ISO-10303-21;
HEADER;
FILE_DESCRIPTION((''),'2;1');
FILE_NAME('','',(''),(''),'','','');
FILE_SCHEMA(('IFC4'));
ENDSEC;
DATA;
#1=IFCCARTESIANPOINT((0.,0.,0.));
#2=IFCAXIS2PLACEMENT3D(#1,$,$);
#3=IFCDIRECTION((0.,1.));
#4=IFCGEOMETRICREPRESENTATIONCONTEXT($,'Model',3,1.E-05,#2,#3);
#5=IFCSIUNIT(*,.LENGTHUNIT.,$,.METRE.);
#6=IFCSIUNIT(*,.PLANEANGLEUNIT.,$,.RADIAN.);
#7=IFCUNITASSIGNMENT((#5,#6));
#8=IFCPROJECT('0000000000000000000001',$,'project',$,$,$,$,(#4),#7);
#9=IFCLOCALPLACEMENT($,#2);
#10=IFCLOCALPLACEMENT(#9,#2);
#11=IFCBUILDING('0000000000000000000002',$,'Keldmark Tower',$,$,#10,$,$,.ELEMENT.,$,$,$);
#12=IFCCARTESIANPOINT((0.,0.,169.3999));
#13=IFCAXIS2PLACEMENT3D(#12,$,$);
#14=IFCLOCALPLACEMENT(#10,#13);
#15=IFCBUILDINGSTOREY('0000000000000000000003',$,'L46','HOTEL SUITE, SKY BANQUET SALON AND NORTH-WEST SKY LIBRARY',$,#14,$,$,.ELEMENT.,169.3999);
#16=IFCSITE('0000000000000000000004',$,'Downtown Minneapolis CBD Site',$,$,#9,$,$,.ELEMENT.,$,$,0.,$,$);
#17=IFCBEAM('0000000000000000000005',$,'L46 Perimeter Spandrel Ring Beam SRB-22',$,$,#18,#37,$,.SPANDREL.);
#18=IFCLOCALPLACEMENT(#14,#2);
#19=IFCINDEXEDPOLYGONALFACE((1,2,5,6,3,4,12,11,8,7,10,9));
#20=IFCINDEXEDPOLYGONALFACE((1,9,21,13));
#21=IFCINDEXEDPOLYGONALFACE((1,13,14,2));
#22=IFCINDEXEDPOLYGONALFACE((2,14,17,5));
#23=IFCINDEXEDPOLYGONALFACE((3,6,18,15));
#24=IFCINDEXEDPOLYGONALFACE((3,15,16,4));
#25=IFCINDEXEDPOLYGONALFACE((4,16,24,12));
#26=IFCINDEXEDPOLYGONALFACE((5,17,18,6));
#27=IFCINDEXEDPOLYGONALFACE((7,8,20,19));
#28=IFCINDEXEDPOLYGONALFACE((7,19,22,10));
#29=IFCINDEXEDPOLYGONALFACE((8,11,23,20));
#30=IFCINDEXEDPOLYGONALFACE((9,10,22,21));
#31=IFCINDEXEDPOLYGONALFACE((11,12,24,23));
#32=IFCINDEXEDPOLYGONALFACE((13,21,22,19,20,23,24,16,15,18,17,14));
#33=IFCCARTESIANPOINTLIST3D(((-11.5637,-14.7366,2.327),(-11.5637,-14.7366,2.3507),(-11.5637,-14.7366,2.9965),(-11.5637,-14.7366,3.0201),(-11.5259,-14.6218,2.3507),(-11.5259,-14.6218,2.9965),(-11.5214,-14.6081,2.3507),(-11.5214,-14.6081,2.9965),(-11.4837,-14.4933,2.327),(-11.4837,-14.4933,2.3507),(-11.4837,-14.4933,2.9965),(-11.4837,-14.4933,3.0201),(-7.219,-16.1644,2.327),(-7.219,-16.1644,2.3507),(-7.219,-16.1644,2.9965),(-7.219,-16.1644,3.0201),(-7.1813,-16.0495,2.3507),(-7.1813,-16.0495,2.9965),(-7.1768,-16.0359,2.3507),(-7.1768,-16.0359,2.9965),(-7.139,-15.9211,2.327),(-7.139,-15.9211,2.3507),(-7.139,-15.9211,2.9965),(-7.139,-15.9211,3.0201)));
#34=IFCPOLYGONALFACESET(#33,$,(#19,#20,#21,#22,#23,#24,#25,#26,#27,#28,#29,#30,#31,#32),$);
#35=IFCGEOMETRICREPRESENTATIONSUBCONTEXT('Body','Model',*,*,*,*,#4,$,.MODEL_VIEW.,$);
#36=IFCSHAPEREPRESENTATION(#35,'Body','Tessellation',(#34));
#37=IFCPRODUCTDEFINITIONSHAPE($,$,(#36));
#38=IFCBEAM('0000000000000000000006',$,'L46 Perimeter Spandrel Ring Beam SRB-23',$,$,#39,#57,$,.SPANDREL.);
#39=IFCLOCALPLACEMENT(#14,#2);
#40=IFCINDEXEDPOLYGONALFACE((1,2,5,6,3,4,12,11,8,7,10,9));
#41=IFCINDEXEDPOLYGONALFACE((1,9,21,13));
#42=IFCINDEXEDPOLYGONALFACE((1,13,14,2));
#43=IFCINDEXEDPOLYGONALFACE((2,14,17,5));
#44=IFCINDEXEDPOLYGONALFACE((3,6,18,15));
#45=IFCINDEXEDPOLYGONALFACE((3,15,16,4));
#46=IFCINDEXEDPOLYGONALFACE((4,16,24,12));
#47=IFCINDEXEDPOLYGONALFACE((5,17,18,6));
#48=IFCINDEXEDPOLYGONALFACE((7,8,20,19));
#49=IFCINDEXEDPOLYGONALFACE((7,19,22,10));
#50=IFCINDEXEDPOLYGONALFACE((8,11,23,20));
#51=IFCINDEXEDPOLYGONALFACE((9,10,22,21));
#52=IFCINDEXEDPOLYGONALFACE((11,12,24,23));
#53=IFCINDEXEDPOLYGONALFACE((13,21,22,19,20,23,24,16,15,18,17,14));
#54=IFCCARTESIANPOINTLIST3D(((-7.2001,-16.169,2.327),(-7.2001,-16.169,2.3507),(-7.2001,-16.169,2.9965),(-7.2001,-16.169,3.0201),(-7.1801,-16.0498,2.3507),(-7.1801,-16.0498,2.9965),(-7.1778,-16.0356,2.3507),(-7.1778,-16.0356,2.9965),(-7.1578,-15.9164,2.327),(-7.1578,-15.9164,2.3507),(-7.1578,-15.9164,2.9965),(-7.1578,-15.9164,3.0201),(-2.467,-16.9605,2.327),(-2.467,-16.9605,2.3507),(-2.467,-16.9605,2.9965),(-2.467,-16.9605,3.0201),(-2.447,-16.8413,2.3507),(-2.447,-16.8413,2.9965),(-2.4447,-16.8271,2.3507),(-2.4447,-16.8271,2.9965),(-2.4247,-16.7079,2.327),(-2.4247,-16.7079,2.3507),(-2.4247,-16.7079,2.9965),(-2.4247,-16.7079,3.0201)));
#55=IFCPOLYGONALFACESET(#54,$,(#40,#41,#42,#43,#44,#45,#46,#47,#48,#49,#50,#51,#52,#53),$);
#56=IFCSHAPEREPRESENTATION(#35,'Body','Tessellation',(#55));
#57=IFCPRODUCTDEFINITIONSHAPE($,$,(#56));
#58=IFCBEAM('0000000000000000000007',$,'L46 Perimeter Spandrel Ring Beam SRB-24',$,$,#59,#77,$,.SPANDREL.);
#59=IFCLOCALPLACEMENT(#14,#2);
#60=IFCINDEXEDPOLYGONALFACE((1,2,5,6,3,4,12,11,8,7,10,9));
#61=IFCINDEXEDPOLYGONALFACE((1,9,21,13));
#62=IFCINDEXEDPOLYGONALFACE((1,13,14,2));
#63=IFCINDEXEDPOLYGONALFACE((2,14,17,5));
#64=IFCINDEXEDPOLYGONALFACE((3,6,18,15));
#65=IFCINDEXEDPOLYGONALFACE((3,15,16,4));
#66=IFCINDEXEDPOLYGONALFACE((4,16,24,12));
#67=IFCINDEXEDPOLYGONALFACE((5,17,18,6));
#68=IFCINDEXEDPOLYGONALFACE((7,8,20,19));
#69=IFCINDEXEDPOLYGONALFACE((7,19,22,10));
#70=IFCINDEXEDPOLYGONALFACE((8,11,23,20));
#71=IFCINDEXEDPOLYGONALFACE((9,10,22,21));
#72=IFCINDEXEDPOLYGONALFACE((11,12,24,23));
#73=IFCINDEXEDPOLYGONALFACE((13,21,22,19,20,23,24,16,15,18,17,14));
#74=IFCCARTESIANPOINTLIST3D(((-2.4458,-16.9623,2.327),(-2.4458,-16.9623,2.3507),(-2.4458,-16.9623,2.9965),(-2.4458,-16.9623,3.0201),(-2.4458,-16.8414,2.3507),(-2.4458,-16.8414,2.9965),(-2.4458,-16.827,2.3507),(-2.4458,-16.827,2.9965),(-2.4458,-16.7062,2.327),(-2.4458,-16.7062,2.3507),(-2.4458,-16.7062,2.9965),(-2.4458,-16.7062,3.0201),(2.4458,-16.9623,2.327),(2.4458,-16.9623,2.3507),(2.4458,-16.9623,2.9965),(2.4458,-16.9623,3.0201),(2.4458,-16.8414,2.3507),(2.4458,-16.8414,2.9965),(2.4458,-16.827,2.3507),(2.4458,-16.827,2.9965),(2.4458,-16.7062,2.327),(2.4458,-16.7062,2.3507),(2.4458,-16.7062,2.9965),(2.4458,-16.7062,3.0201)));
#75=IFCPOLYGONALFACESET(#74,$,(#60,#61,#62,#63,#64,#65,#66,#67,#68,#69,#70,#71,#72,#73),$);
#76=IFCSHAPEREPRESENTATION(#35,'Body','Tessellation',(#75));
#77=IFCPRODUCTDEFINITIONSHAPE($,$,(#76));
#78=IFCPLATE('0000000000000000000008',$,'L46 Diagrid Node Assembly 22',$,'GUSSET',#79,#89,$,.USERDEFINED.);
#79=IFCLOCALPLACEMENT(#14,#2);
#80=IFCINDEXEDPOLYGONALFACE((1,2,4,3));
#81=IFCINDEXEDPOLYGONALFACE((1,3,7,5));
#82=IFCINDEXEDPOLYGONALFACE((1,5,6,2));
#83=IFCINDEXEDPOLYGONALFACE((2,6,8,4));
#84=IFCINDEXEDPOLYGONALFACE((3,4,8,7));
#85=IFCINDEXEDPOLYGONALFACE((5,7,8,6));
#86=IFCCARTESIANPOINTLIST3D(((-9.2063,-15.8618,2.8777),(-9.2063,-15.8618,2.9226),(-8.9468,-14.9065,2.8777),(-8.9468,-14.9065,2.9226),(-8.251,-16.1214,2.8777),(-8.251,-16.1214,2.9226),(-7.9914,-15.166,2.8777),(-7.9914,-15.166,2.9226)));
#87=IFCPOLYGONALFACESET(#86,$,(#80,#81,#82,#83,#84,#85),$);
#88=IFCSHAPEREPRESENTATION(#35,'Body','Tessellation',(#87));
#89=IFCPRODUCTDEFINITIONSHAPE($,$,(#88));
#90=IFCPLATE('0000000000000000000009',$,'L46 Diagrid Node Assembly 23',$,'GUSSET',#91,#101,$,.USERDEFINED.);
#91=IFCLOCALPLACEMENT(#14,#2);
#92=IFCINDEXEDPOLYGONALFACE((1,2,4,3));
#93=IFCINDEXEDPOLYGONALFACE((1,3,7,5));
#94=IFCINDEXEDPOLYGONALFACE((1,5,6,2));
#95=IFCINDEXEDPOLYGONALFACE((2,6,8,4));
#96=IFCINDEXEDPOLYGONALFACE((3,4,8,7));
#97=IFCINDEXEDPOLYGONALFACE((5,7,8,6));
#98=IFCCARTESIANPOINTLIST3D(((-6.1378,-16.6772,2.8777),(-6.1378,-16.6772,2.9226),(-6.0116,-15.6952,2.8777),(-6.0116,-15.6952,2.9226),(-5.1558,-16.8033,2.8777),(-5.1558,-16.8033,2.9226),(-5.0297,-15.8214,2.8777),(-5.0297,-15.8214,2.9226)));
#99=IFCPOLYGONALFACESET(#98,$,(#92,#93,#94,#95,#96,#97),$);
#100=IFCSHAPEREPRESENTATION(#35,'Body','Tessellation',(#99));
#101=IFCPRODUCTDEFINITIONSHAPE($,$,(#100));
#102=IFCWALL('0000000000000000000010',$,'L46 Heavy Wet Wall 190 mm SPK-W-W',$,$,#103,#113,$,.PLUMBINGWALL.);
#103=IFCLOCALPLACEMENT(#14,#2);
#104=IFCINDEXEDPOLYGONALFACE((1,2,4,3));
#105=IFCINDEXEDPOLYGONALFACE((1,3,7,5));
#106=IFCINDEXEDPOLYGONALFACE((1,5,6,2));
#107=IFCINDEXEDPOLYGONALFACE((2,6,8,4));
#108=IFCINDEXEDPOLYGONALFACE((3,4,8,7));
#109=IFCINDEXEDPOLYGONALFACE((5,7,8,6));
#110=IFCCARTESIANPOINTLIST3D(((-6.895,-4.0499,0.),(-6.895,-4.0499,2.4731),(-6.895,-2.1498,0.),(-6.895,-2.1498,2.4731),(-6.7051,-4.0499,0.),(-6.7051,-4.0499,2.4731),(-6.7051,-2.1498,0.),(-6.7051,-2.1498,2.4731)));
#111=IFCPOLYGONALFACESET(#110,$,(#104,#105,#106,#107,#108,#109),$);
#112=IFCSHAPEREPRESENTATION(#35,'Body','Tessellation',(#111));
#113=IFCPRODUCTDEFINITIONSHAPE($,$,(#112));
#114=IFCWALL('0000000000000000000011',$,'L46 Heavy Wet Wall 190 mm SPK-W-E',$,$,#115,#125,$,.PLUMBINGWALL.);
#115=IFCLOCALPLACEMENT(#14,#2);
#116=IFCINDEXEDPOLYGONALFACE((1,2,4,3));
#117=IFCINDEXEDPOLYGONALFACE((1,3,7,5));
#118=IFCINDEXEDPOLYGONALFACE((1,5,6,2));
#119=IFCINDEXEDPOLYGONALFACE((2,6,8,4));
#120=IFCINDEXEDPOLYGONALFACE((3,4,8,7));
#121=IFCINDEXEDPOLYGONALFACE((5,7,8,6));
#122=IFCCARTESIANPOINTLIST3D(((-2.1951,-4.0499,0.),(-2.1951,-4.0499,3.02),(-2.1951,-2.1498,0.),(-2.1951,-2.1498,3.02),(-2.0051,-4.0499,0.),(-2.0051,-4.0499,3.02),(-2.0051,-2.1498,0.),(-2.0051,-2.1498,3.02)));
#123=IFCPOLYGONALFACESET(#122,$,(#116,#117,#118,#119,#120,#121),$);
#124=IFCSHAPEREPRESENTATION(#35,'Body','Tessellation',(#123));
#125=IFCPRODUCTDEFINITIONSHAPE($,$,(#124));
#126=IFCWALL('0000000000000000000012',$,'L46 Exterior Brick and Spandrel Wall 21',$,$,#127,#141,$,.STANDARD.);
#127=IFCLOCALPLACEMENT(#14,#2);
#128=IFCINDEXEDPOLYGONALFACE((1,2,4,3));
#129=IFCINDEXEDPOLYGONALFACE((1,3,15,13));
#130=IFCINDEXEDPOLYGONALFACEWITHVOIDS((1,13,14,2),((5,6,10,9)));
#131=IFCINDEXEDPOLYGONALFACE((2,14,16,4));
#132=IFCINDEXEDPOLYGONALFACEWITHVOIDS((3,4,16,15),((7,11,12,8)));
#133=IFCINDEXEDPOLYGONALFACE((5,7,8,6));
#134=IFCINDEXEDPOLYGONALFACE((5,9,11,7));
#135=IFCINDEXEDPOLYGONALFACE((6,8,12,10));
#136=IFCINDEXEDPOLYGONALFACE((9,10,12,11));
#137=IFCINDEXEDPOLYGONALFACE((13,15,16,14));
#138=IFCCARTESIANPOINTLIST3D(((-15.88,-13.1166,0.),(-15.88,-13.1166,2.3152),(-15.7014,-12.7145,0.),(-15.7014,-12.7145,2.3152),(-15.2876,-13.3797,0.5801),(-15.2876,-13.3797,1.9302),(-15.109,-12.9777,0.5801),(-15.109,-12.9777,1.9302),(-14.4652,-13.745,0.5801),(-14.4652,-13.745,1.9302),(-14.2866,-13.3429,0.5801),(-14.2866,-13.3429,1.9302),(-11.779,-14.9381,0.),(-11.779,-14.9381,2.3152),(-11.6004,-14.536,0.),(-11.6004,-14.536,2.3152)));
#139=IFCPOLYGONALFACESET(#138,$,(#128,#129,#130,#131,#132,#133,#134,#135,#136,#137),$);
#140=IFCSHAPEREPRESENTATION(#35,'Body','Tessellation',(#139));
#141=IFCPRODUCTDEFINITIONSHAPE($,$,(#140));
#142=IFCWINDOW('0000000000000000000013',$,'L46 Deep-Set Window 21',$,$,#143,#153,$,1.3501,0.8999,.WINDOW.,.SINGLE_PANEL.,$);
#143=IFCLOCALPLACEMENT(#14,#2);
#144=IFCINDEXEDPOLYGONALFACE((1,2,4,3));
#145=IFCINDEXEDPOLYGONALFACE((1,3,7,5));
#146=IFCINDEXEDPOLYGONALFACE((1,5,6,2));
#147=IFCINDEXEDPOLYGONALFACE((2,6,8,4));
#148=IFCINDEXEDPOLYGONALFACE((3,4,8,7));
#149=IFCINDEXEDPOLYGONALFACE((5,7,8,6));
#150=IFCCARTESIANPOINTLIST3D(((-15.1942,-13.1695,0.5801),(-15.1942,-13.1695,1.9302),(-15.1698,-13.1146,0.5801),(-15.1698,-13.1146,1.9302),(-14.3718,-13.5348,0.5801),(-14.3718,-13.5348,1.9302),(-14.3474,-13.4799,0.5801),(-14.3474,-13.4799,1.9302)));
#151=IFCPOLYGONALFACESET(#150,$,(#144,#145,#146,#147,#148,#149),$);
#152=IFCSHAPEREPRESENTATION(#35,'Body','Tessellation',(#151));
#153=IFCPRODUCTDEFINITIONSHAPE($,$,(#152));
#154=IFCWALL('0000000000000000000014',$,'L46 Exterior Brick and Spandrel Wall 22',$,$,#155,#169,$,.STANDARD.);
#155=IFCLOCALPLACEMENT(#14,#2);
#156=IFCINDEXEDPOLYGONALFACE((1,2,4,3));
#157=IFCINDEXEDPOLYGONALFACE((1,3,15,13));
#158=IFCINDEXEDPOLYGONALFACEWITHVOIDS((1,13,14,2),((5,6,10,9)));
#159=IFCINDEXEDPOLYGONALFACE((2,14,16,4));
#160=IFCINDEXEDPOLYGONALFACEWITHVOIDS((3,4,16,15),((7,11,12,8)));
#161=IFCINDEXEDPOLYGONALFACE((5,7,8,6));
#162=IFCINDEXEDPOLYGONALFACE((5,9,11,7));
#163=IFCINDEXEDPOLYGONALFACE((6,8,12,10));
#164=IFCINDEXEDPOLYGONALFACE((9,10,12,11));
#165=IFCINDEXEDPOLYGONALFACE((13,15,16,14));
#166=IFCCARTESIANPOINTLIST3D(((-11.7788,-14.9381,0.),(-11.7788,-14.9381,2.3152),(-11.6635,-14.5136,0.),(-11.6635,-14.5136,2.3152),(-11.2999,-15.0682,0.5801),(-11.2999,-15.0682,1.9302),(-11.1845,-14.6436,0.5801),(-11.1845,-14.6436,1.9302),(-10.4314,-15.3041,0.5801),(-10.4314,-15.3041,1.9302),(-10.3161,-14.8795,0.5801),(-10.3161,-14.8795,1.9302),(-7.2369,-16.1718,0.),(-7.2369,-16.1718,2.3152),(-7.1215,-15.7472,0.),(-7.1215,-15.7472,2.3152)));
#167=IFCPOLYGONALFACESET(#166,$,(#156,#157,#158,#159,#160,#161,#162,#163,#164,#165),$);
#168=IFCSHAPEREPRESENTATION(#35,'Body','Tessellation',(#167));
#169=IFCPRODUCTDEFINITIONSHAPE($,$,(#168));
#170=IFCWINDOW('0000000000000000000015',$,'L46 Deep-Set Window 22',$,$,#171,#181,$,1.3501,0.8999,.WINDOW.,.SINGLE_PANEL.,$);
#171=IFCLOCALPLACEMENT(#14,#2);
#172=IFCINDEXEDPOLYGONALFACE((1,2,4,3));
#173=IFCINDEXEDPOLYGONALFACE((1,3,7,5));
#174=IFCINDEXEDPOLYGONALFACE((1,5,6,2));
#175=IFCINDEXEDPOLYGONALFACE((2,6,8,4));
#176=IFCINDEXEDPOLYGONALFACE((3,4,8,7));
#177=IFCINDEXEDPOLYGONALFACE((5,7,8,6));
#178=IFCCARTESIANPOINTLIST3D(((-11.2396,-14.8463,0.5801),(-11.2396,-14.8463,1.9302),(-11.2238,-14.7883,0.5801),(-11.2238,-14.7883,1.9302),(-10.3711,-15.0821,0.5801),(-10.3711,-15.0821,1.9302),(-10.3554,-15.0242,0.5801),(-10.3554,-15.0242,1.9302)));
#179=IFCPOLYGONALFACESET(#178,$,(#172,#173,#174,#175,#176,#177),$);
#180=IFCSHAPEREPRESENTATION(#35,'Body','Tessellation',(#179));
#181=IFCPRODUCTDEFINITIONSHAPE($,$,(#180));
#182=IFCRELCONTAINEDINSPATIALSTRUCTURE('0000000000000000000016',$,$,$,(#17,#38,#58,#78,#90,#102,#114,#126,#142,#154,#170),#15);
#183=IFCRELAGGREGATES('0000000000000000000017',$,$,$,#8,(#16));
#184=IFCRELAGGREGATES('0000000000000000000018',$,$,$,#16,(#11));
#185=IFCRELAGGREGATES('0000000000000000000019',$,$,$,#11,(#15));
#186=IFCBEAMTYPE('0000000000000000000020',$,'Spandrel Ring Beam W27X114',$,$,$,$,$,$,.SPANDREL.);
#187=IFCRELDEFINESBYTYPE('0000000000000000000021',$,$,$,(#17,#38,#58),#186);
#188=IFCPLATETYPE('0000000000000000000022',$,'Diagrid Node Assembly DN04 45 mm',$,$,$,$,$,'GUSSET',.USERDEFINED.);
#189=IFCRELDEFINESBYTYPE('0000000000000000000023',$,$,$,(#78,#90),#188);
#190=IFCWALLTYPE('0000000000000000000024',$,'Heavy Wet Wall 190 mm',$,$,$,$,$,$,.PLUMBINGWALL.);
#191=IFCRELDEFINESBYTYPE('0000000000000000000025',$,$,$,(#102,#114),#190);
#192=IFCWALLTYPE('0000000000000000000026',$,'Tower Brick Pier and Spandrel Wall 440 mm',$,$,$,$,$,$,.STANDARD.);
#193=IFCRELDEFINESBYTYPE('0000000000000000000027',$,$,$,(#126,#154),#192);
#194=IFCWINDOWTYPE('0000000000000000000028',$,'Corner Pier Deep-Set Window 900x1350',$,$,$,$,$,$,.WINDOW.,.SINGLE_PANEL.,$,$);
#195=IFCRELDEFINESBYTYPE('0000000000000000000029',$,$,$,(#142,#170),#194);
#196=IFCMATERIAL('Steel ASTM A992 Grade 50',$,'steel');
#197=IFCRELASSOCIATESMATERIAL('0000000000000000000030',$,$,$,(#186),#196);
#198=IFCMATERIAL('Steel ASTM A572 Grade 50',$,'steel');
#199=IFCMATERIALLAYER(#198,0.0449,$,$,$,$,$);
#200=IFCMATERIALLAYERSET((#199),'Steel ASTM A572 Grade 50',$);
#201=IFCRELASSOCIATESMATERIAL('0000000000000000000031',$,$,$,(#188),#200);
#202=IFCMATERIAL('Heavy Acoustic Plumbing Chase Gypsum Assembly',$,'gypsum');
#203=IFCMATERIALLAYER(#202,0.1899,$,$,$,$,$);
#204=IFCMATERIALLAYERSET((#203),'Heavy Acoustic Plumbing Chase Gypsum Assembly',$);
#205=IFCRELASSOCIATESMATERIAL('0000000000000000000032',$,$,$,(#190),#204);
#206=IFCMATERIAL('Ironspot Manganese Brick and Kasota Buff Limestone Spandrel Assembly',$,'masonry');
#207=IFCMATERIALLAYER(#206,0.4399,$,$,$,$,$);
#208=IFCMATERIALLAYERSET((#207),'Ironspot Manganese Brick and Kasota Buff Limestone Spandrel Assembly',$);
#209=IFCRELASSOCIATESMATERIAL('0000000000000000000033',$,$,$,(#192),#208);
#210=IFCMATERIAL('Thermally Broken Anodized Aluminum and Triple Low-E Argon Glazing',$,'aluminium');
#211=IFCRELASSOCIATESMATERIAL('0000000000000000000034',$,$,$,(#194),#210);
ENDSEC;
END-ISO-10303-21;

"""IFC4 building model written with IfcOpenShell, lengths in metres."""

from ifc_helpers import new_model, si_unit, direction, frame, frame_2d, origin, origin_2d, place, context, subcontext, project, spatial, rectangle, i_section, extrude, material, layer, layer_set, material_profile, profile_set, type_object, element, fill, save


model = new_model("IFC4")

# Units and contexts
model_context = context("Model", 3, precision=1e-05, world=origin(), true_north=direction((0.0, 1.0)))
body_context = subcontext(model_context, "Body", "Model", "MODEL_VIEW")
ifc_project = project(units=[si_unit("LENGTHUNIT", "METRE"), si_unit("PLANEANGLEUNIT", "RADIAN")], contexts=[model_context])

# Site, building, storey
site_placement = place(None, origin())
site = spatial("IfcSite", under=ifc_project, at=site_placement, Name="Downtown Minneapolis CBD Site", CompositionType="ELEMENT", RefElevation=0.0)
building_placement = place(site_placement, origin())
building = spatial("IfcBuilding", under=site, at=building_placement, Name="Keldmark Tower", CompositionType="ELEMENT")
storey_placement = place(building_placement, frame((0.0, 0.0, 169.3999)))
storey = spatial("IfcBuildingStorey", under=building, at=storey_placement, Name="L46", Description="HOTEL SUITE, SKY BANQUET SALON AND NORTH-WEST SKY LIBRARY", CompositionType="ELEMENT", Elevation=169.3999)

# Beams
ifc_material_1 = material(Name="Steel ASTM A992 Grade 50", Category="steel")
ifc_material_profile_1 = material_profile(ifc_material_1, i_section(OverallWidth=0.2561, OverallDepth=0.6931, WebThickness=0.0144, FlangeThickness=0.0237, at=origin_2d()), Name="W27X114")
ifc_profile_set_1 = profile_set([ifc_material_profile_1], Name="Steel ASTM A992 Grade 50")
beam_type_1 = type_object("IfcBeamType", Name="Spandrel Ring Beam W27X114", PredefinedType="SPANDREL", material=ifc_profile_set_1)
beam_1_placement = place(storey_placement, frame((-11.5237, -14.615, 2.6736), z_axis=(0.95002, -0.312189, 0.0), x_axis=(0.312189, 0.95002, 0.0)))
element("IfcBeam", 1, at=beam_1_placement, inside=storey, type_object=beam_type_1, Name="L46 Perimeter Spandrel Ring Beam SRB-22", PredefinedType="SPANDREL", context=body_context, shape_type="SweptSolid", body=[
    extrude(i_section(OverallWidth=0.2561, OverallDepth=0.6931, WebThickness=0.0144, FlangeThickness=0.0237, at=origin_2d()), origin(), (0.0, 0.0, 1.0), 4.5732),
])
beam_2_placement = place(storey_placement, frame((-7.179, -16.0427, 2.6736), z_axis=(0.986304, -0.164935, 0.0), x_axis=(0.164935, 0.986304, 0.0)))
element("IfcBeam", 2, at=beam_2_placement, inside=storey, type_object=beam_type_1, Name="L46 Perimeter Spandrel Ring Beam SRB-23", PredefinedType="SPANDREL", context=body_context, shape_type="SweptSolid", body=[
    extrude(i_section(OverallWidth=0.2561, OverallDepth=0.6931, WebThickness=0.0144, FlangeThickness=0.0237, at=origin_2d()), origin(), (0.0, 0.0, 1.0), 4.7988),
])
beam_3_placement = place(storey_placement, frame((-2.4458, -16.8342, 2.6736), z_axis=(1.0, 0.0, 0.0), x_axis=(0.0, 1.0, 0.0)))
element("IfcBeam", 3, at=beam_3_placement, inside=storey, type_object=beam_type_1, Name="L46 Perimeter Spandrel Ring Beam SRB-24", PredefinedType="SPANDREL", context=body_context, shape_type="SweptSolid", body=[
    extrude(i_section(OverallWidth=0.2561, OverallDepth=0.6931, WebThickness=0.0144, FlangeThickness=0.0237, at=origin_2d()), origin(), (0.0, 0.0, 1.0), 4.8916),
])

# Plates
ifc_material_2 = material(Name="Steel ASTM A572 Grade 50", Category="steel")
ifc_layer_1 = layer(ifc_material_2, 0.0449)
ifc_layer_set_1 = layer_set([ifc_layer_1], Name="Steel ASTM A572 Grade 50")
plate_type = type_object("IfcPlateType", Name="Diagrid Node Assembly DN04 45 mm", ElementType="GUSSET", PredefinedType="USERDEFINED", material=ifc_layer_set_1)
for number, where, z_axis, x_axis, name in (
    (4, (-8.5989, -15.5139, 2.8777), (0.0, 0.0, 1.0), (0.965016, -0.262189, 0.0), "L46 Diagrid Node Assembly 22"),
    (5, (-5.5837, -16.2493, 2.8777), (0.0, 0.0, 1.0), (0.99185, -0.127411, 0.0), "L46 Diagrid Node Assembly 23"),
):
    element("IfcPlate", number, at=place(storey_placement, frame(where, z_axis=z_axis, x_axis=x_axis)), inside=storey, type_object=plate_type, Name=name, ObjectType="GUSSET", PredefinedType="USERDEFINED", context=body_context, shape_type="SweptSolid", body=[
        extrude(rectangle(XDim=0.99, YDim=0.99, at=origin_2d()), origin(), (0.0, 0.0, 1.0), 0.0449),
    ])

# Shared definitions
ifc_material_3 = material(Name="Heavy Acoustic Plumbing Chase Gypsum Assembly", Category="gypsum")
ifc_layer_2 = layer(ifc_material_3, 0.1899)
ifc_layer_set_2 = layer_set([ifc_layer_2], Name="Heavy Acoustic Plumbing Chase Gypsum Assembly")
wall_type_1 = type_object("IfcWallType", Name="Heavy Wet Wall 190 mm", PredefinedType="PLUMBINGWALL", material=ifc_layer_set_2)

# Walls
wall_1_placement = place(storey_placement, frame((-6.8, -4.05, 0.0), z_axis=(0.0, 0.0, 1.0), x_axis=(0.0, 1.0, 0.0)))
element("IfcWall", 6, at=wall_1_placement, inside=storey, type_object=wall_type_1, Name="L46 Heavy Wet Wall 190 mm SPK-W-W", PredefinedType="PLUMBINGWALL", context=body_context, shape_type="SweptSolid", body=[
    extrude(rectangle(XDim=1.9001, YDim=0.1899, at=frame_2d((0.9502, 0.0))), origin(), (0.0, 0.0, 1.0), 2.4731),
])
wall_2_placement = place(storey_placement, frame((-2.1001, -4.05, 0.0), z_axis=(0.0, 0.0, 1.0), x_axis=(0.0, 1.0, 0.0)))
element("IfcWall", 7, at=wall_2_placement, inside=storey, type_object=wall_type_1, Name="L46 Heavy Wet Wall 190 mm SPK-W-E", PredefinedType="PLUMBINGWALL", context=body_context, shape_type="SweptSolid", body=[
    extrude(rectangle(XDim=1.9001, YDim=0.1899, at=frame_2d((0.9502, 0.0))), origin(), (0.0, 0.0, 1.0), 3.02),
])

# Walls, openings, windows
ifc_material_4 = material(Name="Ironspot Manganese Brick and Kasota Buff Limestone Spandrel Assembly", Category="masonry")
ifc_layer_3 = layer(ifc_material_4, 0.4399)
ifc_layer_set_3 = layer_set([ifc_layer_3], Name="Ironspot Manganese Brick and Kasota Buff Limestone Spandrel Assembly")
wall_type_2 = type_object("IfcWallType", Name="Tower Brick Pier and Spandrel Wall 440 mm", PredefinedType="STANDARD", material=ifc_layer_set_3)
wall_3_placement = place(storey_placement, frame((-11.6897, -14.7371, 0.0), z_axis=(0.0, 0.0, 1.0), x_axis=(-0.913908, 0.405921, 0.0)))
wall_3 = element("IfcWall", 8, at=wall_3_placement, inside=storey, type_object=wall_type_2, Name="L46 Exterior Brick and Spandrel Wall 21", PredefinedType="STANDARD", context=body_context, shape_type="SweptSolid", body=[
    extrude(rectangle(XDim=4.4873, YDim=0.4399, at=frame_2d((2.2437, 0.0))), origin(), (0.0, 0.0, 1.0), 2.3152),
])
opening_1_placement = place(wall_3_placement, frame((2.9392, 0.0, 0.5801)))
opening_1 = element("IfcOpeningElement", 9, at=opening_1_placement, cuts=wall_3, PredefinedType="OPENING", context=body_context, shape_type="SweptSolid", body=[
    extrude(rectangle(XDim=0.8999, YDim=1.3501, at=frame_2d((0.45, 0.675))), frame((0.0, 0.23, 0.0), z_axis=(0.0, -1.0, 0.0), x_axis=(1.0, 0.0, 0.0)), (0.0, 0.0, 1.0), 0.46),
])
ifc_material_5 = material(Name="Thermally Broken Anodized Aluminum and Triple Low-E Argon Glazing", Category="aluminium")
window_type = type_object("IfcWindowType", Name="Corner Pier Deep-Set Window 900x1350", PartitioningType="SINGLE_PANEL", PredefinedType="WINDOW", material=ifc_material_5)
window_1_placement = place(opening_1_placement, origin())
window_1 = element("IfcWindow", 10, at=window_1_placement, inside=storey, type_object=window_type, Name="L46 Deep-Set Window 21", OverallHeight=1.3501, OverallWidth=0.8999, PartitioningType="SINGLE_PANEL", PredefinedType="WINDOW", context=body_context, shape_type="SweptSolid", body=[
    extrude(rectangle(XDim=0.8999, YDim=1.3501, at=frame_2d((0.45, 0.675))), frame((0.0, -0.01, 0.0), z_axis=(0.0, -1.0, 0.0), x_axis=(1.0, 0.0, 0.0)), (0.0, 0.0, 1.0), 0.0601),
])
fill(opening_1, window_1)
wall_4_placement = place(storey_placement, frame((-7.1792, -15.9595, 0.0), z_axis=(0.0, 0.0, 1.0), x_axis=(-0.965037, 0.262112, 0.0)))
wall_4 = element("IfcWall", 11, at=wall_4_placement, inside=storey, type_object=wall_type_2, Name="L46 Exterior Brick and Spandrel Wall 22", PredefinedType="STANDARD", context=body_context, shape_type="SweptSolid", body=[
    extrude(rectangle(XDim=4.7065, YDim=0.4399, at=frame_2d((2.3533, 0.0))), origin(), (0.0, 0.0, 1.0), 2.3152),
])
opening_2_placement = place(wall_4_placement, frame((3.3103, 0.0, 0.5801)))
opening_2 = element("IfcOpeningElement", 12, at=opening_2_placement, cuts=wall_4, PredefinedType="OPENING", context=body_context, shape_type="SweptSolid", body=[
    extrude(rectangle(XDim=0.8999, YDim=1.3501, at=frame_2d((0.45, 0.675))), frame((0.0, 0.23, 0.0), z_axis=(0.0, -1.0, 0.0), x_axis=(1.0, 0.0, 0.0)), (0.0, 0.0, 1.0), 0.46),
])
window_2_placement = place(opening_2_placement, origin())
window_2 = element("IfcWindow", 13, at=window_2_placement, inside=storey, type_object=window_type, Name="L46 Deep-Set Window 22", OverallHeight=1.3501, OverallWidth=0.8999, PartitioningType="SINGLE_PANEL", PredefinedType="WINDOW", context=body_context, shape_type="SweptSolid", body=[
    extrude(rectangle(XDim=0.8999, YDim=1.3501, at=frame_2d((0.45, 0.675))), frame((0.0, -0.01, 0.0), z_axis=(0.0, -1.0, 0.0), x_axis=(1.0, 0.0, 0.0)), (0.0, 0.0, 1.0), 0.0601),
])
fill(opening_2, window_2)

save(model, "model.ifc")
